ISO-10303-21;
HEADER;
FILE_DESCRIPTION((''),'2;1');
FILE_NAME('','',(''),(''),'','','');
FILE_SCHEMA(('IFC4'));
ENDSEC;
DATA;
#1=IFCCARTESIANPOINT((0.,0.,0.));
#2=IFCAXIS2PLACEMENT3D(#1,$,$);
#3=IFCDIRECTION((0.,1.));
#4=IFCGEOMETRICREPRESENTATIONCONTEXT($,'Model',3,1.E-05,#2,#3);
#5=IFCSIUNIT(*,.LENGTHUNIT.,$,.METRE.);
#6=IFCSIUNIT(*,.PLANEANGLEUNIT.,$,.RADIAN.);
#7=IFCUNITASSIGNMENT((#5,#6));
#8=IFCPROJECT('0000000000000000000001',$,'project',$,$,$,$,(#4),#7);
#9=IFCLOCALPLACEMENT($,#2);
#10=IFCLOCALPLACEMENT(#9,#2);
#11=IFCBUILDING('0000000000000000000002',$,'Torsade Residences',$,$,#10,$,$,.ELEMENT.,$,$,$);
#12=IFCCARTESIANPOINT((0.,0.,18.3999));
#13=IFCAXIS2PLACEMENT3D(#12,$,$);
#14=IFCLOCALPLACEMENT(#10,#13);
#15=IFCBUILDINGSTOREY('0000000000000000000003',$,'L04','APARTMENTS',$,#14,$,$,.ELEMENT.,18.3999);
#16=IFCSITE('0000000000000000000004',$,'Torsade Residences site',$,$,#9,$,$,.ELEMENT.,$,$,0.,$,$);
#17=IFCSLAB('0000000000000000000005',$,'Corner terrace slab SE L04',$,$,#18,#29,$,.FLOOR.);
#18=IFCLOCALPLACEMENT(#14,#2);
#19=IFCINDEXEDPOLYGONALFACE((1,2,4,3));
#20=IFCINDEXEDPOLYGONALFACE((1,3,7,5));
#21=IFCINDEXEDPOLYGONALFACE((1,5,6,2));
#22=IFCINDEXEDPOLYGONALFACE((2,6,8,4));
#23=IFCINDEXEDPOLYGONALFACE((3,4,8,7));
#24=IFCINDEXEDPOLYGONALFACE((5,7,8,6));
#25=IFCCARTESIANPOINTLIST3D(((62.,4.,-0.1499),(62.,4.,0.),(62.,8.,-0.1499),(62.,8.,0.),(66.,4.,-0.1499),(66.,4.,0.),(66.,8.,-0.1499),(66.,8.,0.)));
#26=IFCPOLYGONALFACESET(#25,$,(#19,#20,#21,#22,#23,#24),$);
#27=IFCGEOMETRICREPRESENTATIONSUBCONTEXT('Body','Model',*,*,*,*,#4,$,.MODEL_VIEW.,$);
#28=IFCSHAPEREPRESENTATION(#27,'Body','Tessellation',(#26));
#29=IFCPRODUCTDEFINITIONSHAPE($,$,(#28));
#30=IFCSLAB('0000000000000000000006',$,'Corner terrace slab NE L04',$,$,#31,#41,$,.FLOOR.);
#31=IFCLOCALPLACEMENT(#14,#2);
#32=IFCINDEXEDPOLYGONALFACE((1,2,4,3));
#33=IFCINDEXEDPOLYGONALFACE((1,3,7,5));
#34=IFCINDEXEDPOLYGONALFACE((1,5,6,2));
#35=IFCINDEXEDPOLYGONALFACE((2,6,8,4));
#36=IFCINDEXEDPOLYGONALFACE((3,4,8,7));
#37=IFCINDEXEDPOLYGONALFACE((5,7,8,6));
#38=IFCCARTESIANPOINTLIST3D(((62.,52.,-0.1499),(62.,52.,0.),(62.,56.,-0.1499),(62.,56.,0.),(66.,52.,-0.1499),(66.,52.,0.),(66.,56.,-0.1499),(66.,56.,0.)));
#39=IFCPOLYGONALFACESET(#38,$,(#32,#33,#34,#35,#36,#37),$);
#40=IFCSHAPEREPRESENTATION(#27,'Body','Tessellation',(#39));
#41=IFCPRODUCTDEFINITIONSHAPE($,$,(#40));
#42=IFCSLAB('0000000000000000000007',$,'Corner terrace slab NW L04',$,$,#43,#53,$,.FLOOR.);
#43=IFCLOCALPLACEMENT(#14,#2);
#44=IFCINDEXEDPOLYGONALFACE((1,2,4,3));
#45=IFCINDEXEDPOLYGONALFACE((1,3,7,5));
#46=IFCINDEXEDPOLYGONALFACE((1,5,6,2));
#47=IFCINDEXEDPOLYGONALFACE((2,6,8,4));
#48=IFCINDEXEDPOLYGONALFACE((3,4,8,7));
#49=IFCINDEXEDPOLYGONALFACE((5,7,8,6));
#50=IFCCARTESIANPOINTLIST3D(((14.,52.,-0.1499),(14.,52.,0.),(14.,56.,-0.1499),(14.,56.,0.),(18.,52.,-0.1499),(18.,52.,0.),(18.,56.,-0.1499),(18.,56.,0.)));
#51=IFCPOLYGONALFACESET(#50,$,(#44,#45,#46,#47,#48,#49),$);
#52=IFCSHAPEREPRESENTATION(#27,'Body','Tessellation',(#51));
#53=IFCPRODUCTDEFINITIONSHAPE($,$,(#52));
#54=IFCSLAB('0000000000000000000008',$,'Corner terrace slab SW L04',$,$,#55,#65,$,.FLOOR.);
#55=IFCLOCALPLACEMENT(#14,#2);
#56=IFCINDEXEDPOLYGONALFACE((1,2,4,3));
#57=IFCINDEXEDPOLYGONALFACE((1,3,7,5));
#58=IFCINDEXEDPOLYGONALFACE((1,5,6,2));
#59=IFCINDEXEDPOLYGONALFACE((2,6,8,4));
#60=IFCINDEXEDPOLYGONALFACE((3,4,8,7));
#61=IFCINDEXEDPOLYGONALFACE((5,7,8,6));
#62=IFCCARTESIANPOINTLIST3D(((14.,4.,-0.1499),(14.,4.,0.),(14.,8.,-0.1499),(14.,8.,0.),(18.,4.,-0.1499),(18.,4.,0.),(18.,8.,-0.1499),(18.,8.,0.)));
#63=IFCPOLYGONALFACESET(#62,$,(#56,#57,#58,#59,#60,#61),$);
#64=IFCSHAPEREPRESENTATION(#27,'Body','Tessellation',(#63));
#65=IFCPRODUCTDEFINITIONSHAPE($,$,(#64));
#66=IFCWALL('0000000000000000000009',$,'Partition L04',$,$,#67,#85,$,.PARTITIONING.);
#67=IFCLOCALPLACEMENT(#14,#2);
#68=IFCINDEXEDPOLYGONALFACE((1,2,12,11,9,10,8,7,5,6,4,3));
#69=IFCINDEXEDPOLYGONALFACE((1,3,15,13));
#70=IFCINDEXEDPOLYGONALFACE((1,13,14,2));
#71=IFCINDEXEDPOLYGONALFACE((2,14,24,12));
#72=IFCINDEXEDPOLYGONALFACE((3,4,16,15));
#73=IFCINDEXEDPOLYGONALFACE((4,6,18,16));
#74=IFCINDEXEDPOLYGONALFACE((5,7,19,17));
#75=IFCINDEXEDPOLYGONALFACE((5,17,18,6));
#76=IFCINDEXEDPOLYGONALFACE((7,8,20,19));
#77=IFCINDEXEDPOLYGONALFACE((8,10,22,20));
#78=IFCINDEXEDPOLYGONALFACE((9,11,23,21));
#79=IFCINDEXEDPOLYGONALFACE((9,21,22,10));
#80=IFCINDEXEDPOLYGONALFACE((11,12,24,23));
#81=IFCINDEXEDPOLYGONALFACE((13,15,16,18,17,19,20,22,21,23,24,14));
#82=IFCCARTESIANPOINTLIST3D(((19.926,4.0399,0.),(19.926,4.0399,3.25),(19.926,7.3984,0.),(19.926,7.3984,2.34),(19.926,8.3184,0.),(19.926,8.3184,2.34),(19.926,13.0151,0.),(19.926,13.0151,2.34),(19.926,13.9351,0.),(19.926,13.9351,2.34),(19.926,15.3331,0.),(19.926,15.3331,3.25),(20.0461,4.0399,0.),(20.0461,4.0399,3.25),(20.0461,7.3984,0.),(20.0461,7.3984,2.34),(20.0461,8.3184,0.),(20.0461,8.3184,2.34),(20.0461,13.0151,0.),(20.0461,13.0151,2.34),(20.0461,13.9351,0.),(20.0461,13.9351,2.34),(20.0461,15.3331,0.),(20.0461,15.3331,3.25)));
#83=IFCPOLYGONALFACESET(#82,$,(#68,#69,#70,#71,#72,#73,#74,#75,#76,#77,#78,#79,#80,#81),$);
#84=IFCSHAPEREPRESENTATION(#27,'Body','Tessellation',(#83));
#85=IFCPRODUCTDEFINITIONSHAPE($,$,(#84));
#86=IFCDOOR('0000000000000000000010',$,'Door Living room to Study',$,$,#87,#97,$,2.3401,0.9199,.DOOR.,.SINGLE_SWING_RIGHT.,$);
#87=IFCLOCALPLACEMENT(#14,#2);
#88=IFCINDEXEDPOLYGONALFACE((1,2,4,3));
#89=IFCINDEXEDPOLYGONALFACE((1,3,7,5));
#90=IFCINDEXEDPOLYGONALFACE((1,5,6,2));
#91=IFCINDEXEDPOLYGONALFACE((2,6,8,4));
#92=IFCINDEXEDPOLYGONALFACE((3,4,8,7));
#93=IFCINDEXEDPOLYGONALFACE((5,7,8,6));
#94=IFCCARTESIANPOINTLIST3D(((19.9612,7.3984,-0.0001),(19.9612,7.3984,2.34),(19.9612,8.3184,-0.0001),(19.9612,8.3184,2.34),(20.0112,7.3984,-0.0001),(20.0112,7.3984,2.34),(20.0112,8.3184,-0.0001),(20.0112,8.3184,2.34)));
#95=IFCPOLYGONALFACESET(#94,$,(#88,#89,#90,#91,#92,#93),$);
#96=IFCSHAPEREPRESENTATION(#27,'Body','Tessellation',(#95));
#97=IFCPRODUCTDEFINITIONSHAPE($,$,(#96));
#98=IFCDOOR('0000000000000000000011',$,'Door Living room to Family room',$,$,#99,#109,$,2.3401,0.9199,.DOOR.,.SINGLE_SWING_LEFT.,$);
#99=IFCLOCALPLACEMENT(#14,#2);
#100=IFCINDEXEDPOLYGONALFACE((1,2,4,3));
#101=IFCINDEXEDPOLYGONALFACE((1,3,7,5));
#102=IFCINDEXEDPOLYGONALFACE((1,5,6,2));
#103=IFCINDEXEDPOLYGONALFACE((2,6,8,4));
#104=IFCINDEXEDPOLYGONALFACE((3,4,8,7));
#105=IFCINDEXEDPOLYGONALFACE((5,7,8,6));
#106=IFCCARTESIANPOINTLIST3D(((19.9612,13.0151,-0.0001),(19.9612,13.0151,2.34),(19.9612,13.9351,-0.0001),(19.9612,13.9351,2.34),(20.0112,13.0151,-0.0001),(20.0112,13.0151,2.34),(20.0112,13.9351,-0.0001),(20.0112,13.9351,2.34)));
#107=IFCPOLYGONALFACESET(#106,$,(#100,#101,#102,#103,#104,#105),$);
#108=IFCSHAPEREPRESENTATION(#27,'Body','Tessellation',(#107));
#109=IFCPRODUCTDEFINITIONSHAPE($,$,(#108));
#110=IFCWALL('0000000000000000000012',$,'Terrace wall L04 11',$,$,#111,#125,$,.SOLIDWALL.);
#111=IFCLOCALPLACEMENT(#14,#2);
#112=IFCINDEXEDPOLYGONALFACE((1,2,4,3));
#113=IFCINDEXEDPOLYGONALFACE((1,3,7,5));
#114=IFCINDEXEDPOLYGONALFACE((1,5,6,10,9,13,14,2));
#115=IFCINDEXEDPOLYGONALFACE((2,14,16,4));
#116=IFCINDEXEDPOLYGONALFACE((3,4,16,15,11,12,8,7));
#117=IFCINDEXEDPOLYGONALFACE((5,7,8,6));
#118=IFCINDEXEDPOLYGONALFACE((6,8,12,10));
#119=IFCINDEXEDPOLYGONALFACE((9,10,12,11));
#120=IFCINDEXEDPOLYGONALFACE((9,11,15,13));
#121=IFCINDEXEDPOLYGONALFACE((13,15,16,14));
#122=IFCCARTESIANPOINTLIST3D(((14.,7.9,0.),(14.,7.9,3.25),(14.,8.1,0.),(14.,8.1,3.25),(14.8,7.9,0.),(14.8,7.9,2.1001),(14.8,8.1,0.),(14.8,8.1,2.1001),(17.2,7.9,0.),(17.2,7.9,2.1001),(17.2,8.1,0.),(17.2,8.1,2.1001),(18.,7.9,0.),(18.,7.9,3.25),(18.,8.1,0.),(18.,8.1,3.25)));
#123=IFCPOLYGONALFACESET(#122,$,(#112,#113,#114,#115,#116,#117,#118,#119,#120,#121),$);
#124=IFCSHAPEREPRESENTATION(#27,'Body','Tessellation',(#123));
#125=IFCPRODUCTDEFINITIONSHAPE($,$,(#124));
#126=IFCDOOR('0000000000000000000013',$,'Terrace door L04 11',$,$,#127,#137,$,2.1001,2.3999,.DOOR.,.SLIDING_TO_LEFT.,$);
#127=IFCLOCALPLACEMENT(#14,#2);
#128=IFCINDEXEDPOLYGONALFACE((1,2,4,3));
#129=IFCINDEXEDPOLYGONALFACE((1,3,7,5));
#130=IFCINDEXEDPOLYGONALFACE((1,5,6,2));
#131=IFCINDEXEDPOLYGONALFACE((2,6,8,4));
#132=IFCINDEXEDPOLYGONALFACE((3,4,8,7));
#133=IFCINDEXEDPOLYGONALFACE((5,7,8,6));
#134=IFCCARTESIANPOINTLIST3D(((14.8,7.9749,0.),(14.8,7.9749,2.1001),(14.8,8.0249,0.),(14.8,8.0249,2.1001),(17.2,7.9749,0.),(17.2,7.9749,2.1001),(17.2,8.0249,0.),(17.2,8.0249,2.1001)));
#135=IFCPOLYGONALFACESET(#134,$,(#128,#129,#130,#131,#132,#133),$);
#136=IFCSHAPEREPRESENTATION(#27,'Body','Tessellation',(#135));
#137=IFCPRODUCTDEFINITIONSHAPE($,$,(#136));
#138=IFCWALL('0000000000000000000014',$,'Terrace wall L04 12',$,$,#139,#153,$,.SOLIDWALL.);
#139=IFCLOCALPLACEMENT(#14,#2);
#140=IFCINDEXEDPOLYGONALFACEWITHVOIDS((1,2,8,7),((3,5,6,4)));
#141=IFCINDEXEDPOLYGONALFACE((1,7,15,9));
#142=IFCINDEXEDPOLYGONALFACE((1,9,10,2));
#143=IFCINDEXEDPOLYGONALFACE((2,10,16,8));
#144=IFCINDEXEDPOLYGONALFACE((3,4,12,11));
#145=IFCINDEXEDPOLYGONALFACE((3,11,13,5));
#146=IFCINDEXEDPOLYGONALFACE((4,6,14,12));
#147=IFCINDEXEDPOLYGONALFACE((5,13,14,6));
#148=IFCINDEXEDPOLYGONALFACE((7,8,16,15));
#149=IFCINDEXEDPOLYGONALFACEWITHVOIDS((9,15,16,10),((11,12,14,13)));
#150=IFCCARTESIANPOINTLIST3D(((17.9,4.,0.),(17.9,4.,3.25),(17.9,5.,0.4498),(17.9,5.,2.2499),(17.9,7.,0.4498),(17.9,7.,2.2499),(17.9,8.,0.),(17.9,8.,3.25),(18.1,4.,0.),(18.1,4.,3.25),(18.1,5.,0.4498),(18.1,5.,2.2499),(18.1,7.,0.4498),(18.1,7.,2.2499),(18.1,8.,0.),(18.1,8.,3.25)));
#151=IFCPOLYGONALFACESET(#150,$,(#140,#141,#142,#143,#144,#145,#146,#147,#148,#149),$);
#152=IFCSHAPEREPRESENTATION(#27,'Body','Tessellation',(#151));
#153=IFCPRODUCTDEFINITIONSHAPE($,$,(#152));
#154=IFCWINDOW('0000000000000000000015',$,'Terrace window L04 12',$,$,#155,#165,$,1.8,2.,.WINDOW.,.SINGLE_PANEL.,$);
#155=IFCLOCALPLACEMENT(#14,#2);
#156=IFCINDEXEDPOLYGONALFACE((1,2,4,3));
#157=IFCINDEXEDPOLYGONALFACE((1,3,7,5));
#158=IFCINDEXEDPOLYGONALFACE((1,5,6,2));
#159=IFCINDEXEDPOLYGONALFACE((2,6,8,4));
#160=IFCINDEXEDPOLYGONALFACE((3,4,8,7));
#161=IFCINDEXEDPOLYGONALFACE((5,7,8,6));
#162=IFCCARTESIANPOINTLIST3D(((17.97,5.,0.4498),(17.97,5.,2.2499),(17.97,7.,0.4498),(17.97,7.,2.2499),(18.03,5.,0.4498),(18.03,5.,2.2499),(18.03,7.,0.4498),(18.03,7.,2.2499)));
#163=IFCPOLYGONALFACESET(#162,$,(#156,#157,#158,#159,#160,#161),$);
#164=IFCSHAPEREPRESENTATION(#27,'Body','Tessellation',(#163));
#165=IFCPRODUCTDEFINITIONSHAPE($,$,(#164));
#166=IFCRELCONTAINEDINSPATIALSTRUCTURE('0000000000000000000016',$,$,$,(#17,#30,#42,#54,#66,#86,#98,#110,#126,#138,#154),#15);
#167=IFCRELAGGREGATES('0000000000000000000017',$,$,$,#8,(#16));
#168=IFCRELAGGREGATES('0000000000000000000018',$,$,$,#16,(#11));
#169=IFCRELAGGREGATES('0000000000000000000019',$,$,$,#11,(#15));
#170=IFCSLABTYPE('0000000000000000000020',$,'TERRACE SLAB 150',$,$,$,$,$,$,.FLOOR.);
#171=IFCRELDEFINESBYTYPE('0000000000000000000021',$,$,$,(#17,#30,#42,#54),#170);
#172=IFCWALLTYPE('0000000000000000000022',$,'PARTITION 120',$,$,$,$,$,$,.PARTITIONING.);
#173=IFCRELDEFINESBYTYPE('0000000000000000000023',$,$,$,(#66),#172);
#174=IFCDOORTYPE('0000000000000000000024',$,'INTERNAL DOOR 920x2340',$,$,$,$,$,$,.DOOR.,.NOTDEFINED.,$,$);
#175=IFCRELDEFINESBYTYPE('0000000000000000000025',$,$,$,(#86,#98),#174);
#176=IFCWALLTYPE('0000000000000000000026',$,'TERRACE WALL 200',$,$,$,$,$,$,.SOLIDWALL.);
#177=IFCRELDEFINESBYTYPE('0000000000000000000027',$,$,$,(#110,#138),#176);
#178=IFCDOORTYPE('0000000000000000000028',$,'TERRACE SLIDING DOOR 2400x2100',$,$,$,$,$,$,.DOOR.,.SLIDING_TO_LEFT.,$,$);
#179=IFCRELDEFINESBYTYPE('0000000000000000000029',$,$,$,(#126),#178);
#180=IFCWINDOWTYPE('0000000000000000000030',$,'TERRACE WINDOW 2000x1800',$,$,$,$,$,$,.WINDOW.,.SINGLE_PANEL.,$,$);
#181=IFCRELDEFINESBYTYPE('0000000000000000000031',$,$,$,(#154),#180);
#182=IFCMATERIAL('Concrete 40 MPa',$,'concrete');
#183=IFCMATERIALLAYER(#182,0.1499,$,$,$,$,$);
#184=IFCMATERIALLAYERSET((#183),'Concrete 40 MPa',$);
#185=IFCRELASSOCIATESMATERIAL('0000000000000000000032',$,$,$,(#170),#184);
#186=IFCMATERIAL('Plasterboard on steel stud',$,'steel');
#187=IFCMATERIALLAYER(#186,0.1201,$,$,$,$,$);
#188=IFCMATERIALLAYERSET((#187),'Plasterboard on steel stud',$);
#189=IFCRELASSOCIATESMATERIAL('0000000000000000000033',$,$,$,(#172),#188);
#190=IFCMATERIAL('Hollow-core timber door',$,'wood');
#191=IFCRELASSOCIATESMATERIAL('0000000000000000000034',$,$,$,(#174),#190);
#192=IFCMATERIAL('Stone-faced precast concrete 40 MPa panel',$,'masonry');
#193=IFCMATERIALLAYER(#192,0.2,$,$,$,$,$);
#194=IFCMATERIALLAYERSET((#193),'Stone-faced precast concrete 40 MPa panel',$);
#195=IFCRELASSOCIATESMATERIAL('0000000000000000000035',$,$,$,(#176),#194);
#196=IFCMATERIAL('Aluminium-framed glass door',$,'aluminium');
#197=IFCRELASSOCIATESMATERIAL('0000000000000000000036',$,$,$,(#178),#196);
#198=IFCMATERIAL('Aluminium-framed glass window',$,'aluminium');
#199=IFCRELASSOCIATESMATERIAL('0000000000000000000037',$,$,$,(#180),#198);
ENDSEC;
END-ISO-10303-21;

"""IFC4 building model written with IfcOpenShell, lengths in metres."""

from ifc_helpers import new_model, si_unit, direction, frame, frame_2d, origin, place, context, subcontext, project, spatial, polyline, rectangle, outline, extrude, material, layer, layer_set, type_object, element, fill, save


model = new_model("IFC4")

# Units and contexts
model_context = context("Model", 3, precision=1e-05, world=origin(), true_north=direction((0.0, 1.0)))
body_context = subcontext(model_context, "Body", "Model", "MODEL_VIEW")
ifc_project = project(units=[si_unit("LENGTHUNIT", "METRE"), si_unit("PLANEANGLEUNIT", "RADIAN")], contexts=[model_context])

# Site, building, storey
site_placement = place(None, origin())
site = spatial("IfcSite", under=ifc_project, at=site_placement, Name="Torsade Residences site", CompositionType="ELEMENT", RefElevation=0.0)
building_placement = place(site_placement, origin())
building = spatial("IfcBuilding", under=site, at=building_placement, Name="Torsade Residences", CompositionType="ELEMENT")
storey_placement = place(building_placement, frame((0.0, 0.0, 18.3999)))
storey = spatial("IfcBuildingStorey", under=building, at=storey_placement, Name="L04", Description="APARTMENTS", CompositionType="ELEMENT", Elevation=18.3999)

# Slabs
ifc_material_1 = material(Name="Concrete 40 MPa", Category="concrete")
ifc_layer_1 = layer(ifc_material_1, 0.1499)
ifc_layer_set_1 = layer_set([ifc_layer_1], Name="Concrete 40 MPa")
slab_type_1 = type_object("IfcSlabType", Name="TERRACE SLAB 150", PredefinedType="FLOOR", material=ifc_layer_set_1)
slab_1_placement = place(storey_placement, frame((0.0, 0.0, -0.1499)))
element("IfcSlab", 1, at=slab_1_placement, inside=storey, type_object=slab_type_1, Name="Corner terrace slab SE L04", PredefinedType="FLOOR", context=body_context, shape_type="SweptSolid", body=[
    extrude(outline(polyline([(62.0, 4.0), (66.0, 4.0), (66.0, 8.0), (62.0, 8.0), (62.0, 4.0)])), origin(), (0.0, 0.0, 1.0), 0.1499),
])
slab_2_placement = place(storey_placement, frame((0.0, 0.0, -0.1499)))
element("IfcSlab", 2, at=slab_2_placement, inside=storey, type_object=slab_type_1, Name="Corner terrace slab NE L04", PredefinedType="FLOOR", context=body_context, shape_type="SweptSolid", body=[
    extrude(outline(polyline([(62.0, 52.0), (66.0, 52.0), (66.0, 56.0), (62.0, 56.0), (62.0, 52.0)])), origin(), (0.0, 0.0, 1.0), 0.1499),
])
slab_3_placement = place(storey_placement, frame((0.0, 0.0, -0.1499)))
element("IfcSlab", 3, at=slab_3_placement, inside=storey, type_object=slab_type_1, Name="Corner terrace slab NW L04", PredefinedType="FLOOR", context=body_context, shape_type="SweptSolid", body=[
    extrude(outline(polyline([(14.0, 52.0), (18.0, 52.0), (18.0, 56.0), (14.0, 56.0), (14.0, 52.0)])), origin(), (0.0, 0.0, 1.0), 0.1499),
])
slab_4_placement = place(storey_placement, frame((0.0, 0.0, -0.1499)))
element("IfcSlab", 4, at=slab_4_placement, inside=storey, type_object=slab_type_1, Name="Corner terrace slab SW L04", PredefinedType="FLOOR", context=body_context, shape_type="SweptSolid", body=[
    extrude(outline(polyline([(14.0, 4.0), (18.0, 4.0), (18.0, 8.0), (14.0, 8.0), (14.0, 4.0)])), origin(), (0.0, 0.0, 1.0), 0.1499),
])

# Wall, openings, doors
ifc_material_2 = material(Name="Plasterboard on steel stud", Category="steel")
ifc_layer_2 = layer(ifc_material_2, 0.1201)
ifc_layer_set_2 = layer_set([ifc_layer_2], Name="Plasterboard on steel stud")
wall_type_1 = type_object("IfcWallType", Name="PARTITION 120", PredefinedType="PARTITIONING", material=ifc_layer_set_2)
wall_1_placement = place(storey_placement, frame((19.9861, 4.04, 0.0), z_axis=(0.0, 0.0, 1.0), x_axis=(0.0, 1.0, 0.0)))
wall_1 = element("IfcWall", 5, at=wall_1_placement, inside=storey, type_object=wall_type_1, Name="Partition L04", PredefinedType="PARTITIONING", context=body_context, shape_type="SweptSolid", body=[
    extrude(rectangle(XDim=11.2932, YDim=0.1201, at=frame_2d((5.6465, 0.0))), origin(), (0.0, 0.0, 1.0), 3.25),
])
opening_1_placement = place(wall_1_placement, frame((3.3584, 0.0, 0.0)))
opening_1 = element("IfcOpeningElement", 6, at=opening_1_placement, cuts=wall_1, PredefinedType="OPENING", context=body_context, shape_type="SweptSolid", body=[
    extrude(rectangle(XDim=0.9199, YDim=2.3401, at=frame_2d((0.46, 1.1699))), frame((0.0, 0.0701, 0.0), z_axis=(0.0, -1.0, 0.0), x_axis=(1.0, 0.0, 0.0)), (0.0, 0.0, 1.0), 0.1401),
])
opening_2_placement = place(wall_1_placement, frame((8.9751, 0.0, 0.0)))
opening_2 = element("IfcOpeningElement", 7, at=opening_2_placement, cuts=wall_1, PredefinedType="OPENING", context=body_context, shape_type="SweptSolid", body=[
    extrude(rectangle(XDim=0.9199, YDim=2.3401, at=frame_2d((0.46, 1.1699))), frame((0.0, 0.0701, 0.0), z_axis=(0.0, -1.0, 0.0), x_axis=(1.0, 0.0, 0.0)), (0.0, 0.0, 1.0), 0.1401),
])
ifc_material_3 = material(Name="Hollow-core timber door", Category="wood")
door_type_1 = type_object("IfcDoorType", Name="INTERNAL DOOR 920x2340", OperationType="NOTDEFINED", PredefinedType="DOOR", material=ifc_material_3)
door_1_placement = place(opening_1_placement, origin())
door_1 = element("IfcDoor", 8, at=door_1_placement, inside=storey, type_object=door_type_1, Name="Door Living room to Study", OperationType="SINGLE_SWING_RIGHT", OverallHeight=2.3401, OverallWidth=0.9199, PredefinedType="DOOR", context=body_context, shape_type="SweptSolid", body=[
    extrude(rectangle(XDim=0.9199, YDim=2.3401, at=frame_2d((0.46, 1.1699))), frame((0.0, 0.0249, 0.0), z_axis=(0.0, -1.0, 0.0), x_axis=(1.0, 0.0, 0.0)), (0.0, 0.0, 1.0), 0.05),
])
fill(opening_1, door_1)
door_2_placement = place(opening_2_placement, origin())
door_2 = element("IfcDoor", 9, at=door_2_placement, inside=storey, type_object=door_type_1, Name="Door Living room to Family room", OperationType="SINGLE_SWING_LEFT", OverallHeight=2.3401, OverallWidth=0.9199, PredefinedType="DOOR", context=body_context, shape_type="SweptSolid", body=[
    extrude(rectangle(XDim=0.9199, YDim=2.3401, at=frame_2d((0.46, 1.1699))), frame((0.0, 0.0249, 0.0), z_axis=(0.0, -1.0, 0.0), x_axis=(1.0, 0.0, 0.0)), (0.0, 0.0, 1.0), 0.05),
])
fill(opening_2, door_2)

# Wall, opening, door
ifc_material_4 = material(Name="Stone-faced precast concrete 40 MPa panel", Category="masonry")
ifc_layer_3 = layer(ifc_material_4, 0.2)
ifc_layer_set_3 = layer_set([ifc_layer_3], Name="Stone-faced precast concrete 40 MPa panel")
wall_type_2 = type_object("IfcWallType", Name="TERRACE WALL 200", PredefinedType="SOLIDWALL", material=ifc_layer_set_3)
wall_2_placement = place(storey_placement, frame((14.0, 8.0, 0.0), z_axis=(0.0, 0.0, 1.0), x_axis=(1.0, 0.0, 0.0)))
wall_2 = element("IfcWall", 10, at=wall_2_placement, inside=storey, type_object=wall_type_2, Name="Terrace wall L04 11", PredefinedType="SOLIDWALL", context=body_context, shape_type="SweptSolid", body=[
    extrude(rectangle(XDim=4.0, YDim=0.2, at=frame_2d((2.0, 0.0))), origin(), (0.0, 0.0, 1.0), 3.25),
])
opening_3_placement = place(wall_2_placement, frame((0.8, 0.0, 0.0)))
opening_3 = element("IfcOpeningElement", 11, at=opening_3_placement, cuts=wall_2, PredefinedType="OPENING", context=body_context, shape_type="SweptSolid", body=[
    extrude(rectangle(XDim=2.3999, YDim=2.1001, at=frame_2d((1.2, 1.05))), frame((0.0, 0.1099, 0.0), z_axis=(0.0, -1.0, 0.0), x_axis=(1.0, 0.0, 0.0)), (0.0, 0.0, 1.0), 0.22),
])
ifc_material_5 = material(Name="Aluminium-framed glass door", Category="aluminium")
door_type_2 = type_object("IfcDoorType", Name="TERRACE SLIDING DOOR 2400x2100", OperationType="SLIDING_TO_LEFT", PredefinedType="DOOR", material=ifc_material_5)
door_3_placement = place(opening_3_placement, origin())
door_3 = element("IfcDoor", 12, at=door_3_placement, inside=storey, type_object=door_type_2, Name="Terrace door L04 11", OperationType="SLIDING_TO_LEFT", OverallHeight=2.1001, OverallWidth=2.3999, PredefinedType="DOOR", context=body_context, shape_type="SweptSolid", body=[
    extrude(rectangle(XDim=2.3999, YDim=2.1001, at=frame_2d((1.2, 1.05))), frame((0.0, 0.0249, 0.0), z_axis=(0.0, -1.0, 0.0), x_axis=(1.0, 0.0, 0.0)), (0.0, 0.0, 1.0), 0.05),
])
fill(opening_3, door_3)

# Wall, opening, window
wall_3_placement = place(storey_placement, frame((18.0, 8.0, 0.0), z_axis=(0.0, 0.0, 1.0), x_axis=(0.0, -1.0, 0.0)))
wall_3 = element("IfcWall", 13, at=wall_3_placement, inside=storey, type_object=wall_type_2, Name="Terrace wall L04 12", PredefinedType="SOLIDWALL", context=body_context, shape_type="SweptSolid", body=[
    extrude(rectangle(XDim=4.0, YDim=0.2, at=frame_2d((2.0, 0.0))), origin(), (0.0, 0.0, 1.0), 3.25),
])
opening_4_placement = place(wall_3_placement, frame((1.0, 0.0, 0.45)))
opening_4 = element("IfcOpeningElement", 14, at=opening_4_placement, cuts=wall_3, PredefinedType="OPENING", context=body_context, shape_type="SweptSolid", body=[
    extrude(rectangle(XDim=2.0, YDim=1.8, at=frame_2d((1.0, 0.8999))), frame((0.0, 0.1099, 0.0), z_axis=(0.0, -1.0, 0.0), x_axis=(1.0, 0.0, 0.0)), (0.0, 0.0, 1.0), 0.22),
])
ifc_material_6 = material(Name="Aluminium-framed glass window", Category="aluminium")
window_type = type_object("IfcWindowType", Name="TERRACE WINDOW 2000x1800", PartitioningType="SINGLE_PANEL", PredefinedType="WINDOW", material=ifc_material_6)
window_placement = place(opening_4_placement, origin())
window = element("IfcWindow", 15, at=window_placement, inside=storey, type_object=window_type, Name="Terrace window L04 12", OverallHeight=1.8, OverallWidth=2.0, PartitioningType="SINGLE_PANEL", PredefinedType="WINDOW", context=body_context, shape_type="SweptSolid", body=[
    extrude(rectangle(XDim=2.0, YDim=1.8, at=frame_2d((1.0, 0.8999))), frame((0.0, 0.03, 0.0), z_axis=(0.0, -1.0, 0.0), x_axis=(1.0, 0.0, 0.0)), (0.0, 0.0, 1.0), 0.0601),
])
fill(opening_4, window)

save(model, "model.ifc")
